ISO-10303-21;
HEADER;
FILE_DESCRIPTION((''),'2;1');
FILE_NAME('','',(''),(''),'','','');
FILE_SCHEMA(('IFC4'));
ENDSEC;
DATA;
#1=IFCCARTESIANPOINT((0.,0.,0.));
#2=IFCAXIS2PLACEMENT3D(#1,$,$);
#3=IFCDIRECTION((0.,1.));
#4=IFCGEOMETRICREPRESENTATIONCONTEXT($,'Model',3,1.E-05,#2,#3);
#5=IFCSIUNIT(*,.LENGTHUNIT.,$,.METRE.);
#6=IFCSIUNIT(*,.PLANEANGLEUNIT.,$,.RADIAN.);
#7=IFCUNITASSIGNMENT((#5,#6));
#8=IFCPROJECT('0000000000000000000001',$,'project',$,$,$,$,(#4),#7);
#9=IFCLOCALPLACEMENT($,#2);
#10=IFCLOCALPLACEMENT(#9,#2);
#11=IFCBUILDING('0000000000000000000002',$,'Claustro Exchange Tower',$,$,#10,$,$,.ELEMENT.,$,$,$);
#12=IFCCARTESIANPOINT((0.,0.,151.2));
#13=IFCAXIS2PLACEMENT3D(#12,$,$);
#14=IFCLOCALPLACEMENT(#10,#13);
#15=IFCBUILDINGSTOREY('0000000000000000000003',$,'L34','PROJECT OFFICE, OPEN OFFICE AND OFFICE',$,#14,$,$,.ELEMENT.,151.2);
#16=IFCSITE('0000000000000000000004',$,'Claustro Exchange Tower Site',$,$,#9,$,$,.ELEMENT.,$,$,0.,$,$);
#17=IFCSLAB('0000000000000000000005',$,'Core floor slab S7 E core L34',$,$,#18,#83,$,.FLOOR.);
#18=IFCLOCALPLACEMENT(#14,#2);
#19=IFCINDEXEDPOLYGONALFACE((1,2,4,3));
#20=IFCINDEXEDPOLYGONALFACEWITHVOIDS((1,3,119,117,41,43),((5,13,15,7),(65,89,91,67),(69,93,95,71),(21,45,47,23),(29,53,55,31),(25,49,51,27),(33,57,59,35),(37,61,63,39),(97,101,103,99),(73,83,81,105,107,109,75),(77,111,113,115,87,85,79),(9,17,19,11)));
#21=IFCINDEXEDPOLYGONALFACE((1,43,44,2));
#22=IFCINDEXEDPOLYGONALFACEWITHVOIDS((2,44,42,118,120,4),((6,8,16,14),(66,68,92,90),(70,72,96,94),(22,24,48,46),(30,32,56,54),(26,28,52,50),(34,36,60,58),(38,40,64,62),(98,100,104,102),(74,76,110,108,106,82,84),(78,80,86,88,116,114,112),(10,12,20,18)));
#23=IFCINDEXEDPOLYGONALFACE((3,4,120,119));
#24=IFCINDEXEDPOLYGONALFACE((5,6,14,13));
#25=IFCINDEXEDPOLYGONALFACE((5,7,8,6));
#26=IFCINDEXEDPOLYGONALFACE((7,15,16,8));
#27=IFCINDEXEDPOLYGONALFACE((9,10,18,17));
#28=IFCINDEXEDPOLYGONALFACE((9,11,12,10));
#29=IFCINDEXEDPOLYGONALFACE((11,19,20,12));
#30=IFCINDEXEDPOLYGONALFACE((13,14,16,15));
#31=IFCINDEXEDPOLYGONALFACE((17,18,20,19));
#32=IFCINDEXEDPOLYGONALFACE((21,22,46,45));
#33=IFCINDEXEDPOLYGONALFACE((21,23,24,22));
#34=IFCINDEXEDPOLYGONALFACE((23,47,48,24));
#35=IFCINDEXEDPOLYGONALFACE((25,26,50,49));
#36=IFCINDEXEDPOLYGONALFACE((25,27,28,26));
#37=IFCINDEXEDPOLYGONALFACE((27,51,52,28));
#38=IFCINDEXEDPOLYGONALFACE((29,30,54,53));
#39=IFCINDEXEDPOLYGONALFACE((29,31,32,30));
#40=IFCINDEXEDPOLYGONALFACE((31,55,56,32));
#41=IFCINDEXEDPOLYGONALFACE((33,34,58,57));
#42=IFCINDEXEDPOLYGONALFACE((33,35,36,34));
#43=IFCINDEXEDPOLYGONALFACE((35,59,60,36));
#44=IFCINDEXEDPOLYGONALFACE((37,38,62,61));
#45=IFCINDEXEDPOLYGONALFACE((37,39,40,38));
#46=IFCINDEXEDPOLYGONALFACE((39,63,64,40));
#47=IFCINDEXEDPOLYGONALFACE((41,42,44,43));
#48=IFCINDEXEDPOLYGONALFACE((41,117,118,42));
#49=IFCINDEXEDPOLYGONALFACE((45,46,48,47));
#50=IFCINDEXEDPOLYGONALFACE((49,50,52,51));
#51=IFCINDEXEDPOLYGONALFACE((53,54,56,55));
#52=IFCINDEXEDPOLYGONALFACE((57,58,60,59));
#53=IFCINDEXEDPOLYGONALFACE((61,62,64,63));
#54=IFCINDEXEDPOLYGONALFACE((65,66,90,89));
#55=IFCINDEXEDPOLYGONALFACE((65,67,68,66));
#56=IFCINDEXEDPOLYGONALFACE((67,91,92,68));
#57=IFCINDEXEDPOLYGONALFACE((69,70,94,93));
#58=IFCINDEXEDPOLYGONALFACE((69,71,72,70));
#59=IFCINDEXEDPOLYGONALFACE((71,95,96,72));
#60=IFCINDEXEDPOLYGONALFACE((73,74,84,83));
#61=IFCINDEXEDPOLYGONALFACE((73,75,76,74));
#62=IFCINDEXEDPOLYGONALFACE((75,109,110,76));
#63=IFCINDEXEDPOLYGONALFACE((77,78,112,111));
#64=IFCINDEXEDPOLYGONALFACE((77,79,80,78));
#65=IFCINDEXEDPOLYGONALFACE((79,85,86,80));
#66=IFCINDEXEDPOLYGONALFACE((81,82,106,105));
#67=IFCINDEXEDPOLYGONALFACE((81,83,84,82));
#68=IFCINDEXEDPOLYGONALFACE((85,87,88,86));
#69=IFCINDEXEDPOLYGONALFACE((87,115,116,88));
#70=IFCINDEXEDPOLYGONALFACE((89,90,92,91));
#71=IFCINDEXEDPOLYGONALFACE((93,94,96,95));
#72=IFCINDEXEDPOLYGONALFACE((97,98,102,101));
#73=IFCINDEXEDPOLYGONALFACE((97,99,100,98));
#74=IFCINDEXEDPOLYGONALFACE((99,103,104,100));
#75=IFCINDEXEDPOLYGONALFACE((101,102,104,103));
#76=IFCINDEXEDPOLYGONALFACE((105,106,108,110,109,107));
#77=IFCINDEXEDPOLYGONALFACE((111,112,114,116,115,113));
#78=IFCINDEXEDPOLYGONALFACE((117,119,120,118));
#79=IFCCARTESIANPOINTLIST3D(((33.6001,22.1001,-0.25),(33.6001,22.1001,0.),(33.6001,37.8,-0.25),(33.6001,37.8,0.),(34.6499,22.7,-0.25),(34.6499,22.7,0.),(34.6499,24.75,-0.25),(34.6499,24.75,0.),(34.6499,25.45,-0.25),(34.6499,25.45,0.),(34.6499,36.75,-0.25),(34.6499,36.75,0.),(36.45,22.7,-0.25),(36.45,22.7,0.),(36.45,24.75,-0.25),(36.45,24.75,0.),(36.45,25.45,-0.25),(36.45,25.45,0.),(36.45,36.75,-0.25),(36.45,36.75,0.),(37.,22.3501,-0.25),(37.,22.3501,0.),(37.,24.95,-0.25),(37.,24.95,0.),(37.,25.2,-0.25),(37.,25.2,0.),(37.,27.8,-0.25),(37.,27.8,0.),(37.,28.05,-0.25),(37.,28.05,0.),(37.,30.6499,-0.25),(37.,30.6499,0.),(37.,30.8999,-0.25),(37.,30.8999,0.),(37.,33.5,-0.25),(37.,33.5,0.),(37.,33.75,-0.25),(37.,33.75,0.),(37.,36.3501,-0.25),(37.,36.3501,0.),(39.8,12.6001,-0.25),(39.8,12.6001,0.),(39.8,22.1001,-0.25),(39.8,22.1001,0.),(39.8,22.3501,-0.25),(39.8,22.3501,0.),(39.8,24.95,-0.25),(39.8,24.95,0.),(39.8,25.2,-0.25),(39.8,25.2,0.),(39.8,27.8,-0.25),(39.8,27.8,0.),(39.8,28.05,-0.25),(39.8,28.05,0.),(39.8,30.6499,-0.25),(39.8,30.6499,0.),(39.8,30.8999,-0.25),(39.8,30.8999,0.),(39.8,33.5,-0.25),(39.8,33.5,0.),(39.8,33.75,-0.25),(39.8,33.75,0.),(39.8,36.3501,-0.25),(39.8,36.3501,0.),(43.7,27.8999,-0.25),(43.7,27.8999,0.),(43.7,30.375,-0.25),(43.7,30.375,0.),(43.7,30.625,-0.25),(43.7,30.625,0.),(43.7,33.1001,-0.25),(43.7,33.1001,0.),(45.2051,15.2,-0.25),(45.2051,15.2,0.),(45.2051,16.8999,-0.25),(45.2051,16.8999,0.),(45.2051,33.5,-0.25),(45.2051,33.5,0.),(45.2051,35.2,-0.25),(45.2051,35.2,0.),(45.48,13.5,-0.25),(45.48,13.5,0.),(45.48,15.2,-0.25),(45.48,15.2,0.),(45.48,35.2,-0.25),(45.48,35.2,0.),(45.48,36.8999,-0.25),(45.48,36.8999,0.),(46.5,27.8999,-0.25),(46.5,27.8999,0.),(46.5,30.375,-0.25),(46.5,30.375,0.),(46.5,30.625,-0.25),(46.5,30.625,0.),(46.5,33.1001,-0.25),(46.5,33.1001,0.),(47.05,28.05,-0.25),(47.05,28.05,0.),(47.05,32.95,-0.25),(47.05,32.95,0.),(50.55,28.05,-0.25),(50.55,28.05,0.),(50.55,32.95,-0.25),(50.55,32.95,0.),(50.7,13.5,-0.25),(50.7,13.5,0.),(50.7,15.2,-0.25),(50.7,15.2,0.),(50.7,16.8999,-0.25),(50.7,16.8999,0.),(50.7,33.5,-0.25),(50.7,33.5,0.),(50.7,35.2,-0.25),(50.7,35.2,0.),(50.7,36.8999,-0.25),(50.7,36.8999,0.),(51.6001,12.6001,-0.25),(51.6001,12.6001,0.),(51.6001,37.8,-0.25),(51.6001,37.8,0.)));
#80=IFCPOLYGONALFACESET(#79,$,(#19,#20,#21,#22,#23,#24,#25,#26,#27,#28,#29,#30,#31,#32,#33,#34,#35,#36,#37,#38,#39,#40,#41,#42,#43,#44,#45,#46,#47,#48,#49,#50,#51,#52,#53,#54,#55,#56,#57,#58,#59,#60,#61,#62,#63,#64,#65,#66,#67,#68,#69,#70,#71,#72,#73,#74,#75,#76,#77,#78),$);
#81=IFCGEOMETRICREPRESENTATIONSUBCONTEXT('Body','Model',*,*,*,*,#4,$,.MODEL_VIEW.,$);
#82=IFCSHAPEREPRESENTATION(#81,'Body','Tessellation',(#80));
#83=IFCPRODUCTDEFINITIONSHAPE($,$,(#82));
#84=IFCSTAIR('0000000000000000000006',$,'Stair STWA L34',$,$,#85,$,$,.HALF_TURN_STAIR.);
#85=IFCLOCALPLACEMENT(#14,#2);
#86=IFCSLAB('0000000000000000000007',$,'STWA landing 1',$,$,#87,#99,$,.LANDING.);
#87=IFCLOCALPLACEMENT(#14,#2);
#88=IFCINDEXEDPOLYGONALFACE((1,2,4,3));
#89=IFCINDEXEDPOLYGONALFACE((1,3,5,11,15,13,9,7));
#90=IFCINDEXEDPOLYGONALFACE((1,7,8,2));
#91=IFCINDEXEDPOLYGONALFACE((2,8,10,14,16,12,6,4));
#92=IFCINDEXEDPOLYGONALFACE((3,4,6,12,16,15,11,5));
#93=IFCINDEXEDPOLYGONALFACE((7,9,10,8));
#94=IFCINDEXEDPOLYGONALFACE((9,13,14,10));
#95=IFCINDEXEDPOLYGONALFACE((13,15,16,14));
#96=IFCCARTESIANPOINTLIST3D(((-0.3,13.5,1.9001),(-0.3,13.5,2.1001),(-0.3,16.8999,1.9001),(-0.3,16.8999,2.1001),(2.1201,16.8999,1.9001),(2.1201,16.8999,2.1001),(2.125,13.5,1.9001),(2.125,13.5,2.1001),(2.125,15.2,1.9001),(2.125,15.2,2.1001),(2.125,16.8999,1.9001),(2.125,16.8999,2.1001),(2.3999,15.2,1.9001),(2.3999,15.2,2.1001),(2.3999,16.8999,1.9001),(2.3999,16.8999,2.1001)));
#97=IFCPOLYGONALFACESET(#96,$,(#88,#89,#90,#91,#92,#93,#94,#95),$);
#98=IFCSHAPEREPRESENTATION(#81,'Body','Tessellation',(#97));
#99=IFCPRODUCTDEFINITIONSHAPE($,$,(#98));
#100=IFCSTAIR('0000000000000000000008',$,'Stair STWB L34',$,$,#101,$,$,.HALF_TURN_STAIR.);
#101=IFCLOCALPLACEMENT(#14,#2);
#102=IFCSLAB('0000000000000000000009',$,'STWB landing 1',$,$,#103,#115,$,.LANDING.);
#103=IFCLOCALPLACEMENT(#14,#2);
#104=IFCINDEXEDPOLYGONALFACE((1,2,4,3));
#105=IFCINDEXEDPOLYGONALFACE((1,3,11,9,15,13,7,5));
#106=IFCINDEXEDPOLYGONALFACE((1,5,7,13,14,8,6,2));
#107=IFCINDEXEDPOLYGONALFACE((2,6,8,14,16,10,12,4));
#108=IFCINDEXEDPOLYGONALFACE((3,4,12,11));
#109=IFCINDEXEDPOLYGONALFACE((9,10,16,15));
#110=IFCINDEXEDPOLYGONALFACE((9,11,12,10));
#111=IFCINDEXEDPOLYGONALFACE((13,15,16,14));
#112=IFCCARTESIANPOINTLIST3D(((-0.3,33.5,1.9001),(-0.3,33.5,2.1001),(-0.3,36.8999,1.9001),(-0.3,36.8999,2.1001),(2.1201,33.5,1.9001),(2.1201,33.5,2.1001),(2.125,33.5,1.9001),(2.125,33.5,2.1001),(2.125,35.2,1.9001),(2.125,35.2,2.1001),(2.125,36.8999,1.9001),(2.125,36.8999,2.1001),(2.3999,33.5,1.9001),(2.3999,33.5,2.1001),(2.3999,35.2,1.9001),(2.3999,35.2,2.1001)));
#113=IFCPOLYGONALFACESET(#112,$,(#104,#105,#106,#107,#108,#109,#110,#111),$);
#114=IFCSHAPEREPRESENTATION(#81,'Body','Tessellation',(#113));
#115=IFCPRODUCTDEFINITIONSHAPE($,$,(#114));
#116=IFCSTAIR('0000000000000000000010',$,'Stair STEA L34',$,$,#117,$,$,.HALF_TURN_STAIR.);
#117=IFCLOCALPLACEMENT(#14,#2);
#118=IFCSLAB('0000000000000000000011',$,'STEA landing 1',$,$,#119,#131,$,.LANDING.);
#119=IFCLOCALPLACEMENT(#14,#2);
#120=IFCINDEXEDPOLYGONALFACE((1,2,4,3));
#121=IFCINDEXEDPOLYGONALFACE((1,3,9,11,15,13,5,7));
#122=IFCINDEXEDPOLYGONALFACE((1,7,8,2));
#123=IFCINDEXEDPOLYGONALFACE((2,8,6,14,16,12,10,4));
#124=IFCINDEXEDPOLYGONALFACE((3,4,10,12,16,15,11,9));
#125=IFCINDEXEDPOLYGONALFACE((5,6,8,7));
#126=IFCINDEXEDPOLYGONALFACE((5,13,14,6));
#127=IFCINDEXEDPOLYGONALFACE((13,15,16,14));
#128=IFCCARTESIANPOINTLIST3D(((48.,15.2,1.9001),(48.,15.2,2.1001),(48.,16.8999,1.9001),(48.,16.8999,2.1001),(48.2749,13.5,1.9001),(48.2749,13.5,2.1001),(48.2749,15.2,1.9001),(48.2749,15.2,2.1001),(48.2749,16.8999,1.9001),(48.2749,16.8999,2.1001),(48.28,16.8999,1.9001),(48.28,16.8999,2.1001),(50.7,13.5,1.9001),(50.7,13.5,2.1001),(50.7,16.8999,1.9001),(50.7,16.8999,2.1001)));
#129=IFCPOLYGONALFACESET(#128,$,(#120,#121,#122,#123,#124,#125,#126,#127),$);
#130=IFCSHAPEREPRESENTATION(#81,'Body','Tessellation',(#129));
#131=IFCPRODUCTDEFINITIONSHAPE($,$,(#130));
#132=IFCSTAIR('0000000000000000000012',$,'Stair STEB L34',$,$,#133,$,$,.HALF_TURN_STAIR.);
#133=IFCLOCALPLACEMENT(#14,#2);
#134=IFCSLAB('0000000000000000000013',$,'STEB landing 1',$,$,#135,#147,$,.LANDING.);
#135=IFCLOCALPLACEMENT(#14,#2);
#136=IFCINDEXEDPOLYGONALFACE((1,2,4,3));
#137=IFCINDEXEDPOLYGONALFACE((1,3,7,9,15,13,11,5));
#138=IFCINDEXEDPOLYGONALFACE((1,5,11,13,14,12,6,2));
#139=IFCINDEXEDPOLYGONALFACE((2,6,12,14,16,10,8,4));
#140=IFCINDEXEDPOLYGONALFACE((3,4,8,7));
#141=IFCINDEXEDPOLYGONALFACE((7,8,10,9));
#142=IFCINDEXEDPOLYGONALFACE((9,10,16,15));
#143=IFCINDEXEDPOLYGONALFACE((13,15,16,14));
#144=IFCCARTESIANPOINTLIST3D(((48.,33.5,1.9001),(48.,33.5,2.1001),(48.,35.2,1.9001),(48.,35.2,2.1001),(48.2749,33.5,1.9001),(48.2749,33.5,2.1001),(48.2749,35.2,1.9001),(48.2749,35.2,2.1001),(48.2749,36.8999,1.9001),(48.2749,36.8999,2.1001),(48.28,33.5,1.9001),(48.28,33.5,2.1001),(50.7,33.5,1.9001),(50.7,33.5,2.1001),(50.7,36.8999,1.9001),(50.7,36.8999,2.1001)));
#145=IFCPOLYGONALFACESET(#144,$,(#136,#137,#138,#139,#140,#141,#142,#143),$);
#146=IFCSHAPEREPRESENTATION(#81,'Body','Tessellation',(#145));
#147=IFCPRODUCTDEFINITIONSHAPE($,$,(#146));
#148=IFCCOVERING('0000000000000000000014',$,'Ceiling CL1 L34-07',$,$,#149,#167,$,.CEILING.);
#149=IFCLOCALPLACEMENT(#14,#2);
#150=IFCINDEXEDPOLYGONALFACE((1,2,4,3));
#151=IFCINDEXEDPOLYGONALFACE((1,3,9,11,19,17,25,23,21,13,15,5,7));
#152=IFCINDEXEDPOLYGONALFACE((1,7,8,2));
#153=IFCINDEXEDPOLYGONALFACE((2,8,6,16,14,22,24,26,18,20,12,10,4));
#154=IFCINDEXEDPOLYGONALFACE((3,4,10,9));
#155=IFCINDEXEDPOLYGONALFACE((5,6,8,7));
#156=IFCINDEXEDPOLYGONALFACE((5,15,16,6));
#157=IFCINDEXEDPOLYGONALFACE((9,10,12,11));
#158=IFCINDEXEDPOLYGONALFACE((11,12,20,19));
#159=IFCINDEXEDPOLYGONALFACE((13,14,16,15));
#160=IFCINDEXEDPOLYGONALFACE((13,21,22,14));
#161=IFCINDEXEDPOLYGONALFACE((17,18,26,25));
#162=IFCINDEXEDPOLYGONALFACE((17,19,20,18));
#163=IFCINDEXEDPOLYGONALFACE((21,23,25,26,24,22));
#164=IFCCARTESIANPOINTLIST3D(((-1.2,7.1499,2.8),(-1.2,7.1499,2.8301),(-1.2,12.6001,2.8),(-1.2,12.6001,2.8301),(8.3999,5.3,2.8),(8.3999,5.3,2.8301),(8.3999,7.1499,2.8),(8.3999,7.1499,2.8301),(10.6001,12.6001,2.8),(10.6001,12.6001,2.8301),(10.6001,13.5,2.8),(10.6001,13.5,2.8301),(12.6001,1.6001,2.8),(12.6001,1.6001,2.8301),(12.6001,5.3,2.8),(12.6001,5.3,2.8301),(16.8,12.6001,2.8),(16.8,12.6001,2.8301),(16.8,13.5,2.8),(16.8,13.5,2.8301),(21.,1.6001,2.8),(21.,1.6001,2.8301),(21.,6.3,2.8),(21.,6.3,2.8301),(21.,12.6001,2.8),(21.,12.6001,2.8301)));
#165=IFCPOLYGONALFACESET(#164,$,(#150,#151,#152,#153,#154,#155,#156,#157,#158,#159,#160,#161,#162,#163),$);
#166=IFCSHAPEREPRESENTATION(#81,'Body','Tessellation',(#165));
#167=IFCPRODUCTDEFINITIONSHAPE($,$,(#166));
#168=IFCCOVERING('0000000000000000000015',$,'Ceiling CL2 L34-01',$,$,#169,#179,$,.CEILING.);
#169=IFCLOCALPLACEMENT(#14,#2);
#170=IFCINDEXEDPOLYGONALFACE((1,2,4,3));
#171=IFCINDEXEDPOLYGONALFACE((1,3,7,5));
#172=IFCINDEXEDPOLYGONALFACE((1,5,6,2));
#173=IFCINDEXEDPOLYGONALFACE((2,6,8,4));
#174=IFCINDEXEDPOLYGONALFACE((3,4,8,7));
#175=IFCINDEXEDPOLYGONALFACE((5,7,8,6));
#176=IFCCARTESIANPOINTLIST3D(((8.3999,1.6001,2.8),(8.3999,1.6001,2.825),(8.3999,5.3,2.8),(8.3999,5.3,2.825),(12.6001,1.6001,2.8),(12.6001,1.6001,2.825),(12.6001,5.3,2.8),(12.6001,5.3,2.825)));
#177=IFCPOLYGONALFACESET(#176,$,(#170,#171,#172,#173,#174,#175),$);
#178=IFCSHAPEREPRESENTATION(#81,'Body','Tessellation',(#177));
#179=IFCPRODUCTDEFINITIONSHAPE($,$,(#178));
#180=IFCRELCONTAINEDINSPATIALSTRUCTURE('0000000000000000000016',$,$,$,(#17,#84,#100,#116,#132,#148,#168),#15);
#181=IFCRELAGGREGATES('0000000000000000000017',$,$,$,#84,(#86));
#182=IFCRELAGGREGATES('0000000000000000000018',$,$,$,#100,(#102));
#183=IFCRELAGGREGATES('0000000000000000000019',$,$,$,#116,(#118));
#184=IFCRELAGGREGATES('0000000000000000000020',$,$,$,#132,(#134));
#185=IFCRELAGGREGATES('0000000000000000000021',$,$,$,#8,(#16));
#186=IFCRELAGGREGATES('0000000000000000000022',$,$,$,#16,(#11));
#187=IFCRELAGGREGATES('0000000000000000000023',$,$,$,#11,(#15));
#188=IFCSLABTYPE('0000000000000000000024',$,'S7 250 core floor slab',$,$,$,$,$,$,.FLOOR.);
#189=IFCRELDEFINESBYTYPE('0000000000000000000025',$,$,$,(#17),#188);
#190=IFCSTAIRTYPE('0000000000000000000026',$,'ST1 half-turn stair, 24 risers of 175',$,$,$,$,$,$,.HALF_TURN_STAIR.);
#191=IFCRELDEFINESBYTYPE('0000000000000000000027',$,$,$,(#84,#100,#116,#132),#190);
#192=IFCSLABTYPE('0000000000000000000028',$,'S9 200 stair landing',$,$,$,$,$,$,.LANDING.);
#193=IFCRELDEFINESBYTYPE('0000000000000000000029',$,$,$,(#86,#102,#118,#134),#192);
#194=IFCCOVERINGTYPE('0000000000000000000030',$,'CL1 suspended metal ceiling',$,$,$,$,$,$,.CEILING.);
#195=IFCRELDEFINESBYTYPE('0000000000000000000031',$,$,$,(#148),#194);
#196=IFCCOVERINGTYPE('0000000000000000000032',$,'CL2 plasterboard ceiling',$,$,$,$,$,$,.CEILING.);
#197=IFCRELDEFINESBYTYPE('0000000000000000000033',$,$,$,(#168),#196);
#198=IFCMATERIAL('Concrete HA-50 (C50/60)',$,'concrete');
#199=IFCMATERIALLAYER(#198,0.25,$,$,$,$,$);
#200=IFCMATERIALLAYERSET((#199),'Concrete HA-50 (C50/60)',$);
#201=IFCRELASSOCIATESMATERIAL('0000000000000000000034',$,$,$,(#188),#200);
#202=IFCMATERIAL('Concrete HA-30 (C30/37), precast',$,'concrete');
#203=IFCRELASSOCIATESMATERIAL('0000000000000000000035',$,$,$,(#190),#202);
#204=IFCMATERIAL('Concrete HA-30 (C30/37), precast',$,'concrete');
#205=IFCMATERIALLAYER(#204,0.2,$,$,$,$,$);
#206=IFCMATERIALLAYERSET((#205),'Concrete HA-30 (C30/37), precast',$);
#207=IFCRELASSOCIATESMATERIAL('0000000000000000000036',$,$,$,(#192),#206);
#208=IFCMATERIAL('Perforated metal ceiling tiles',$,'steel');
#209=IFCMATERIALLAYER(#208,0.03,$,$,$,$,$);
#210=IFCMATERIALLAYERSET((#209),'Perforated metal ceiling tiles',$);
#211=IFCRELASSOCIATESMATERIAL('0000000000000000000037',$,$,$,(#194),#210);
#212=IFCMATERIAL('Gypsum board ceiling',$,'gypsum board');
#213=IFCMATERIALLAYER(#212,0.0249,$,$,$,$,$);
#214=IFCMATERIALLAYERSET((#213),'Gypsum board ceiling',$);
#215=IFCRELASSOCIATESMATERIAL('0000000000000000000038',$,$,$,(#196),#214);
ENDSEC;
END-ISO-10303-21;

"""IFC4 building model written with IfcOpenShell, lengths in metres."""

from ifc_helpers import new_model, si_unit, direction, frame, origin, place, context, subcontext, project, spatial, polyline, outline, extrude, material, layer, layer_set, type_object, element, aggregate, save


model = new_model("IFC4")

# Units and contexts
model_context = context("Model", 3, precision=1e-05, world=origin(), true_north=direction((0.0, 1.0)))
body_context = subcontext(model_context, "Body", "Model", "MODEL_VIEW")
ifc_project = project(units=[si_unit("LENGTHUNIT", "METRE"), si_unit("PLANEANGLEUNIT", "RADIAN")], contexts=[model_context])

# Site, building, storey
site_placement = place(None, origin())
site = spatial("IfcSite", under=ifc_project, at=site_placement, Name="Claustro Exchange Tower Site", CompositionType="ELEMENT", RefElevation=0.0)
building_placement = place(site_placement, origin())
building = spatial("IfcBuilding", under=site, at=building_placement, Name="Claustro Exchange Tower", CompositionType="ELEMENT")
storey_placement = place(building_placement, frame((0.0, 0.0, 151.2)))
storey = spatial("IfcBuildingStorey", under=building, at=storey_placement, Name="L34", Description="PROJECT OFFICE, OPEN OFFICE AND OFFICE", CompositionType="ELEMENT", Elevation=151.2)

# Slab
ifc_material_1 = material(Name="Concrete HA-50 (C50/60)", Category="concrete")
ifc_layer_1 = layer(ifc_material_1, 0.25)
ifc_layer_set_1 = layer_set([ifc_layer_1], Name="Concrete HA-50 (C50/60)")
slab_type_1 = type_object("IfcSlabType", Name="S7 250 core floor slab", PredefinedType="FLOOR", material=ifc_layer_set_1)
slab_1_placement = place(storey_placement, frame((0.0, 0.0, -0.25)))
element("IfcSlab", 1, at=slab_1_placement, inside=storey, type_object=slab_type_1, Name="Core floor slab S7 E core L34", PredefinedType="FLOOR", context=body_context, shape_type="SweptSolid", body=[
    extrude(outline(polyline([(51.6001, 37.8), (33.6001, 37.8), (33.6001, 22.1001), (39.8, 22.1001), (39.8, 12.6001), (51.6001, 12.6001), (51.6001, 37.8)]), holes=[polyline([(45.48, 15.2), (45.2051, 15.2), (45.2051, 16.8999), (50.7, 16.8999), (50.7, 15.2), (50.7, 13.5), (45.48, 13.5), (45.48, 15.2)]), polyline([(45.48, 35.2), (45.48, 36.8999), (50.7, 36.8999), (50.7, 35.2), (50.7, 33.5), (45.2051, 33.5), (45.2051, 35.2), (45.48, 35.2)]), polyline([(50.55, 32.95), (50.55, 28.05), (47.05, 28.05), (47.05, 32.95), (50.55, 32.95)]), polyline([(43.7, 33.1001), (46.5, 33.1001), (46.5, 30.625), (43.7, 30.625), (43.7, 33.1001)]), polyline([(46.5, 30.375), (46.5, 27.8999), (43.7, 27.8999), (43.7, 30.375), (46.5, 30.375)]), polyline([(37.0, 24.95), (39.8, 24.95), (39.8, 22.3501), (37.0, 22.3501), (37.0, 24.95)]), polyline([(37.0, 30.6499), (39.8, 30.6499), (39.8, 28.05), (37.0, 28.05), (37.0, 30.6499)]), polyline([(39.8, 27.8), (39.8, 25.2), (37.0, 25.2), (37.0, 27.8), (39.8, 27.8)]), polyline([(39.8, 33.5), (39.8, 30.8999), (37.0, 30.8999), (37.0, 33.5), (39.8, 33.5)]), polyline([(39.8, 36.3501), (39.8, 33.75), (37.0, 33.75), (37.0, 36.3501), (39.8, 36.3501)]), polyline([(36.45, 24.75), (36.45, 22.7), (34.6499, 22.7), (34.6499, 24.75), (36.45, 24.75)]), polyline([(36.45, 36.75), (36.45, 25.45), (34.6499, 25.45), (34.6499, 36.75), (36.45, 36.75)])]), origin(), (0.0, 0.0, 1.0), 0.25),
])

# Stairs, slabs
ifc_material_2 = material(Name="Concrete HA-30 (C30/37), precast", Category="concrete")
stair_type = type_object("IfcStairType", Name="ST1 half-turn stair, 24 risers of 175", PredefinedType="HALF_TURN_STAIR", material=ifc_material_2)
stair_1_placement = place(storey_placement, origin())
stair_1 = element("IfcStair", 2, at=stair_1_placement, inside=storey, type_object=stair_type, Name="Stair STWA L34", PredefinedType="HALF_TURN_STAIR")
ifc_material_3 = material(Name="Concrete HA-30 (C30/37), precast", Category="concrete")
ifc_layer_2 = layer(ifc_material_3, 0.2)
ifc_layer_set_2 = layer_set([ifc_layer_2], Name="Concrete HA-30 (C30/37), precast")
slab_type_2 = type_object("IfcSlabType", Name="S9 200 stair landing", PredefinedType="LANDING", material=ifc_layer_set_2)
slab_2_placement = place(storey_placement, frame((0.0, 0.0, 1.9001)))
slab_2 = element("IfcSlab", 3, at=slab_2_placement, type_object=slab_type_2, Name="STWA landing 1", PredefinedType="LANDING", context=body_context, shape_type="SweptSolid", body=[
    extrude(outline(polyline([(2.125, 13.5), (-0.3, 13.5), (-0.3, 16.8999), (2.1201, 16.8999), (2.125, 16.8999), (2.3999, 16.8999), (2.3999, 15.2), (2.125, 15.2), (2.125, 13.5)])), origin(), (0.0, 0.0, 1.0), 0.2),
])
aggregate(stair_1, [slab_2])
stair_2_placement = place(storey_placement, origin())
stair_2 = element("IfcStair", 4, at=stair_2_placement, inside=storey, type_object=stair_type, Name="Stair STWB L34", PredefinedType="HALF_TURN_STAIR")
slab_3_placement = place(storey_placement, frame((0.0, 0.0, 1.9001)))
slab_3 = element("IfcSlab", 5, at=slab_3_placement, type_object=slab_type_2, Name="STWB landing 1", PredefinedType="LANDING", context=body_context, shape_type="SweptSolid", body=[
    extrude(outline(polyline([(2.3999, 35.2), (2.3999, 33.5), (2.125, 33.5), (2.1201, 33.5), (-0.3, 33.5), (-0.3, 36.8999), (2.125, 36.8999), (2.125, 35.2), (2.3999, 35.2)])), origin(), (0.0, 0.0, 1.0), 0.2),
])
aggregate(stair_2, [slab_3])
stair_3_placement = place(storey_placement, origin())
stair_3 = element("IfcStair", 6, at=stair_3_placement, inside=storey, type_object=stair_type, Name="Stair STEA L34", PredefinedType="HALF_TURN_STAIR")
slab_4_placement = place(storey_placement, frame((0.0, 0.0, 1.9001)))
slab_4 = element("IfcSlab", 7, at=slab_4_placement, type_object=slab_type_2, Name="STEA landing 1", PredefinedType="LANDING", context=body_context, shape_type="SweptSolid", body=[
    extrude(outline(polyline([(50.7, 16.8999), (50.7, 13.5), (48.2749, 13.5), (48.2749, 15.2), (48.0, 15.2), (48.0, 16.8999), (48.2749, 16.8999), (48.28, 16.8999), (50.7, 16.8999)])), origin(), (0.0, 0.0, 1.0), 0.2),
])
aggregate(stair_3, [slab_4])
stair_4_placement = place(storey_placement, origin())
stair_4 = element("IfcStair", 8, at=stair_4_placement, inside=storey, type_object=stair_type, Name="Stair STEB L34", PredefinedType="HALF_TURN_STAIR")
slab_5_placement = place(storey_placement, frame((0.0, 0.0, 1.9001)))
slab_5 = element("IfcSlab", 9, at=slab_5_placement, type_object=slab_type_2, Name="STEB landing 1", PredefinedType="LANDING", context=body_context, shape_type="SweptSolid", body=[
    extrude(outline(polyline([(48.0, 33.5), (48.0, 35.2), (48.2749, 35.2), (48.2749, 36.8999), (50.7, 36.8999), (50.7, 33.5), (48.28, 33.5), (48.2749, 33.5), (48.0, 33.5)])), origin(), (0.0, 0.0, 1.0), 0.2),
])
aggregate(stair_4, [slab_5])

# Coverings
ifc_material_4 = material(Name="Perforated metal ceiling tiles", Category="steel")
ifc_layer_3 = layer(ifc_material_4, 0.03)
ifc_layer_set_3 = layer_set([ifc_layer_3], Name="Perforated metal ceiling tiles")
covering_type_1 = type_object("IfcCoveringType", Name="CL1 suspended metal ceiling", PredefinedType="CEILING", material=ifc_layer_set_3)
covering_1_placement = place(storey_placement, frame((0.0, 0.0, 2.8)))
element("IfcCovering", 10, at=covering_1_placement, inside=storey, type_object=covering_type_1, Name="Ceiling CL1 L34-07", PredefinedType="CEILING", context=body_context, shape_type="SweptSolid", body=[
    extrude(outline(polyline([(10.6001, 12.6001), (-1.2, 12.6001), (-1.2, 7.1499), (8.3999, 7.1499), (8.3999, 5.3), (12.6001, 5.3), (12.6001, 1.6001), (21.0, 1.6001), (21.0, 6.3), (21.0, 12.6001), (16.8, 12.6001), (16.8, 13.5), (10.6001, 13.5), (10.6001, 12.6001)])), origin(), (0.0, 0.0, 1.0), 0.03),
])
ifc_material_5 = material(Name="Gypsum board ceiling", Category="gypsum board")
ifc_layer_4 = layer(ifc_material_5, 0.0249)
ifc_layer_set_4 = layer_set([ifc_layer_4], Name="Gypsum board ceiling")
covering_type_2 = type_object("IfcCoveringType", Name="CL2 plasterboard ceiling", PredefinedType="CEILING", material=ifc_layer_set_4)
covering_2_placement = place(storey_placement, frame((0.0, 0.0, 2.8)))
element("IfcCovering", 11, at=covering_2_placement, inside=storey, type_object=covering_type_2, Name="Ceiling CL2 L34-01", PredefinedType="CEILING", context=body_context, shape_type="SweptSolid", body=[
    extrude(outline(polyline([(8.3999, 1.6001), (12.6001, 1.6001), (12.6001, 5.3), (8.3999, 5.3), (8.3999, 1.6001)])), origin(), (0.0, 0.0, 1.0), 0.0249),
])

save(model, "model.ifc")
